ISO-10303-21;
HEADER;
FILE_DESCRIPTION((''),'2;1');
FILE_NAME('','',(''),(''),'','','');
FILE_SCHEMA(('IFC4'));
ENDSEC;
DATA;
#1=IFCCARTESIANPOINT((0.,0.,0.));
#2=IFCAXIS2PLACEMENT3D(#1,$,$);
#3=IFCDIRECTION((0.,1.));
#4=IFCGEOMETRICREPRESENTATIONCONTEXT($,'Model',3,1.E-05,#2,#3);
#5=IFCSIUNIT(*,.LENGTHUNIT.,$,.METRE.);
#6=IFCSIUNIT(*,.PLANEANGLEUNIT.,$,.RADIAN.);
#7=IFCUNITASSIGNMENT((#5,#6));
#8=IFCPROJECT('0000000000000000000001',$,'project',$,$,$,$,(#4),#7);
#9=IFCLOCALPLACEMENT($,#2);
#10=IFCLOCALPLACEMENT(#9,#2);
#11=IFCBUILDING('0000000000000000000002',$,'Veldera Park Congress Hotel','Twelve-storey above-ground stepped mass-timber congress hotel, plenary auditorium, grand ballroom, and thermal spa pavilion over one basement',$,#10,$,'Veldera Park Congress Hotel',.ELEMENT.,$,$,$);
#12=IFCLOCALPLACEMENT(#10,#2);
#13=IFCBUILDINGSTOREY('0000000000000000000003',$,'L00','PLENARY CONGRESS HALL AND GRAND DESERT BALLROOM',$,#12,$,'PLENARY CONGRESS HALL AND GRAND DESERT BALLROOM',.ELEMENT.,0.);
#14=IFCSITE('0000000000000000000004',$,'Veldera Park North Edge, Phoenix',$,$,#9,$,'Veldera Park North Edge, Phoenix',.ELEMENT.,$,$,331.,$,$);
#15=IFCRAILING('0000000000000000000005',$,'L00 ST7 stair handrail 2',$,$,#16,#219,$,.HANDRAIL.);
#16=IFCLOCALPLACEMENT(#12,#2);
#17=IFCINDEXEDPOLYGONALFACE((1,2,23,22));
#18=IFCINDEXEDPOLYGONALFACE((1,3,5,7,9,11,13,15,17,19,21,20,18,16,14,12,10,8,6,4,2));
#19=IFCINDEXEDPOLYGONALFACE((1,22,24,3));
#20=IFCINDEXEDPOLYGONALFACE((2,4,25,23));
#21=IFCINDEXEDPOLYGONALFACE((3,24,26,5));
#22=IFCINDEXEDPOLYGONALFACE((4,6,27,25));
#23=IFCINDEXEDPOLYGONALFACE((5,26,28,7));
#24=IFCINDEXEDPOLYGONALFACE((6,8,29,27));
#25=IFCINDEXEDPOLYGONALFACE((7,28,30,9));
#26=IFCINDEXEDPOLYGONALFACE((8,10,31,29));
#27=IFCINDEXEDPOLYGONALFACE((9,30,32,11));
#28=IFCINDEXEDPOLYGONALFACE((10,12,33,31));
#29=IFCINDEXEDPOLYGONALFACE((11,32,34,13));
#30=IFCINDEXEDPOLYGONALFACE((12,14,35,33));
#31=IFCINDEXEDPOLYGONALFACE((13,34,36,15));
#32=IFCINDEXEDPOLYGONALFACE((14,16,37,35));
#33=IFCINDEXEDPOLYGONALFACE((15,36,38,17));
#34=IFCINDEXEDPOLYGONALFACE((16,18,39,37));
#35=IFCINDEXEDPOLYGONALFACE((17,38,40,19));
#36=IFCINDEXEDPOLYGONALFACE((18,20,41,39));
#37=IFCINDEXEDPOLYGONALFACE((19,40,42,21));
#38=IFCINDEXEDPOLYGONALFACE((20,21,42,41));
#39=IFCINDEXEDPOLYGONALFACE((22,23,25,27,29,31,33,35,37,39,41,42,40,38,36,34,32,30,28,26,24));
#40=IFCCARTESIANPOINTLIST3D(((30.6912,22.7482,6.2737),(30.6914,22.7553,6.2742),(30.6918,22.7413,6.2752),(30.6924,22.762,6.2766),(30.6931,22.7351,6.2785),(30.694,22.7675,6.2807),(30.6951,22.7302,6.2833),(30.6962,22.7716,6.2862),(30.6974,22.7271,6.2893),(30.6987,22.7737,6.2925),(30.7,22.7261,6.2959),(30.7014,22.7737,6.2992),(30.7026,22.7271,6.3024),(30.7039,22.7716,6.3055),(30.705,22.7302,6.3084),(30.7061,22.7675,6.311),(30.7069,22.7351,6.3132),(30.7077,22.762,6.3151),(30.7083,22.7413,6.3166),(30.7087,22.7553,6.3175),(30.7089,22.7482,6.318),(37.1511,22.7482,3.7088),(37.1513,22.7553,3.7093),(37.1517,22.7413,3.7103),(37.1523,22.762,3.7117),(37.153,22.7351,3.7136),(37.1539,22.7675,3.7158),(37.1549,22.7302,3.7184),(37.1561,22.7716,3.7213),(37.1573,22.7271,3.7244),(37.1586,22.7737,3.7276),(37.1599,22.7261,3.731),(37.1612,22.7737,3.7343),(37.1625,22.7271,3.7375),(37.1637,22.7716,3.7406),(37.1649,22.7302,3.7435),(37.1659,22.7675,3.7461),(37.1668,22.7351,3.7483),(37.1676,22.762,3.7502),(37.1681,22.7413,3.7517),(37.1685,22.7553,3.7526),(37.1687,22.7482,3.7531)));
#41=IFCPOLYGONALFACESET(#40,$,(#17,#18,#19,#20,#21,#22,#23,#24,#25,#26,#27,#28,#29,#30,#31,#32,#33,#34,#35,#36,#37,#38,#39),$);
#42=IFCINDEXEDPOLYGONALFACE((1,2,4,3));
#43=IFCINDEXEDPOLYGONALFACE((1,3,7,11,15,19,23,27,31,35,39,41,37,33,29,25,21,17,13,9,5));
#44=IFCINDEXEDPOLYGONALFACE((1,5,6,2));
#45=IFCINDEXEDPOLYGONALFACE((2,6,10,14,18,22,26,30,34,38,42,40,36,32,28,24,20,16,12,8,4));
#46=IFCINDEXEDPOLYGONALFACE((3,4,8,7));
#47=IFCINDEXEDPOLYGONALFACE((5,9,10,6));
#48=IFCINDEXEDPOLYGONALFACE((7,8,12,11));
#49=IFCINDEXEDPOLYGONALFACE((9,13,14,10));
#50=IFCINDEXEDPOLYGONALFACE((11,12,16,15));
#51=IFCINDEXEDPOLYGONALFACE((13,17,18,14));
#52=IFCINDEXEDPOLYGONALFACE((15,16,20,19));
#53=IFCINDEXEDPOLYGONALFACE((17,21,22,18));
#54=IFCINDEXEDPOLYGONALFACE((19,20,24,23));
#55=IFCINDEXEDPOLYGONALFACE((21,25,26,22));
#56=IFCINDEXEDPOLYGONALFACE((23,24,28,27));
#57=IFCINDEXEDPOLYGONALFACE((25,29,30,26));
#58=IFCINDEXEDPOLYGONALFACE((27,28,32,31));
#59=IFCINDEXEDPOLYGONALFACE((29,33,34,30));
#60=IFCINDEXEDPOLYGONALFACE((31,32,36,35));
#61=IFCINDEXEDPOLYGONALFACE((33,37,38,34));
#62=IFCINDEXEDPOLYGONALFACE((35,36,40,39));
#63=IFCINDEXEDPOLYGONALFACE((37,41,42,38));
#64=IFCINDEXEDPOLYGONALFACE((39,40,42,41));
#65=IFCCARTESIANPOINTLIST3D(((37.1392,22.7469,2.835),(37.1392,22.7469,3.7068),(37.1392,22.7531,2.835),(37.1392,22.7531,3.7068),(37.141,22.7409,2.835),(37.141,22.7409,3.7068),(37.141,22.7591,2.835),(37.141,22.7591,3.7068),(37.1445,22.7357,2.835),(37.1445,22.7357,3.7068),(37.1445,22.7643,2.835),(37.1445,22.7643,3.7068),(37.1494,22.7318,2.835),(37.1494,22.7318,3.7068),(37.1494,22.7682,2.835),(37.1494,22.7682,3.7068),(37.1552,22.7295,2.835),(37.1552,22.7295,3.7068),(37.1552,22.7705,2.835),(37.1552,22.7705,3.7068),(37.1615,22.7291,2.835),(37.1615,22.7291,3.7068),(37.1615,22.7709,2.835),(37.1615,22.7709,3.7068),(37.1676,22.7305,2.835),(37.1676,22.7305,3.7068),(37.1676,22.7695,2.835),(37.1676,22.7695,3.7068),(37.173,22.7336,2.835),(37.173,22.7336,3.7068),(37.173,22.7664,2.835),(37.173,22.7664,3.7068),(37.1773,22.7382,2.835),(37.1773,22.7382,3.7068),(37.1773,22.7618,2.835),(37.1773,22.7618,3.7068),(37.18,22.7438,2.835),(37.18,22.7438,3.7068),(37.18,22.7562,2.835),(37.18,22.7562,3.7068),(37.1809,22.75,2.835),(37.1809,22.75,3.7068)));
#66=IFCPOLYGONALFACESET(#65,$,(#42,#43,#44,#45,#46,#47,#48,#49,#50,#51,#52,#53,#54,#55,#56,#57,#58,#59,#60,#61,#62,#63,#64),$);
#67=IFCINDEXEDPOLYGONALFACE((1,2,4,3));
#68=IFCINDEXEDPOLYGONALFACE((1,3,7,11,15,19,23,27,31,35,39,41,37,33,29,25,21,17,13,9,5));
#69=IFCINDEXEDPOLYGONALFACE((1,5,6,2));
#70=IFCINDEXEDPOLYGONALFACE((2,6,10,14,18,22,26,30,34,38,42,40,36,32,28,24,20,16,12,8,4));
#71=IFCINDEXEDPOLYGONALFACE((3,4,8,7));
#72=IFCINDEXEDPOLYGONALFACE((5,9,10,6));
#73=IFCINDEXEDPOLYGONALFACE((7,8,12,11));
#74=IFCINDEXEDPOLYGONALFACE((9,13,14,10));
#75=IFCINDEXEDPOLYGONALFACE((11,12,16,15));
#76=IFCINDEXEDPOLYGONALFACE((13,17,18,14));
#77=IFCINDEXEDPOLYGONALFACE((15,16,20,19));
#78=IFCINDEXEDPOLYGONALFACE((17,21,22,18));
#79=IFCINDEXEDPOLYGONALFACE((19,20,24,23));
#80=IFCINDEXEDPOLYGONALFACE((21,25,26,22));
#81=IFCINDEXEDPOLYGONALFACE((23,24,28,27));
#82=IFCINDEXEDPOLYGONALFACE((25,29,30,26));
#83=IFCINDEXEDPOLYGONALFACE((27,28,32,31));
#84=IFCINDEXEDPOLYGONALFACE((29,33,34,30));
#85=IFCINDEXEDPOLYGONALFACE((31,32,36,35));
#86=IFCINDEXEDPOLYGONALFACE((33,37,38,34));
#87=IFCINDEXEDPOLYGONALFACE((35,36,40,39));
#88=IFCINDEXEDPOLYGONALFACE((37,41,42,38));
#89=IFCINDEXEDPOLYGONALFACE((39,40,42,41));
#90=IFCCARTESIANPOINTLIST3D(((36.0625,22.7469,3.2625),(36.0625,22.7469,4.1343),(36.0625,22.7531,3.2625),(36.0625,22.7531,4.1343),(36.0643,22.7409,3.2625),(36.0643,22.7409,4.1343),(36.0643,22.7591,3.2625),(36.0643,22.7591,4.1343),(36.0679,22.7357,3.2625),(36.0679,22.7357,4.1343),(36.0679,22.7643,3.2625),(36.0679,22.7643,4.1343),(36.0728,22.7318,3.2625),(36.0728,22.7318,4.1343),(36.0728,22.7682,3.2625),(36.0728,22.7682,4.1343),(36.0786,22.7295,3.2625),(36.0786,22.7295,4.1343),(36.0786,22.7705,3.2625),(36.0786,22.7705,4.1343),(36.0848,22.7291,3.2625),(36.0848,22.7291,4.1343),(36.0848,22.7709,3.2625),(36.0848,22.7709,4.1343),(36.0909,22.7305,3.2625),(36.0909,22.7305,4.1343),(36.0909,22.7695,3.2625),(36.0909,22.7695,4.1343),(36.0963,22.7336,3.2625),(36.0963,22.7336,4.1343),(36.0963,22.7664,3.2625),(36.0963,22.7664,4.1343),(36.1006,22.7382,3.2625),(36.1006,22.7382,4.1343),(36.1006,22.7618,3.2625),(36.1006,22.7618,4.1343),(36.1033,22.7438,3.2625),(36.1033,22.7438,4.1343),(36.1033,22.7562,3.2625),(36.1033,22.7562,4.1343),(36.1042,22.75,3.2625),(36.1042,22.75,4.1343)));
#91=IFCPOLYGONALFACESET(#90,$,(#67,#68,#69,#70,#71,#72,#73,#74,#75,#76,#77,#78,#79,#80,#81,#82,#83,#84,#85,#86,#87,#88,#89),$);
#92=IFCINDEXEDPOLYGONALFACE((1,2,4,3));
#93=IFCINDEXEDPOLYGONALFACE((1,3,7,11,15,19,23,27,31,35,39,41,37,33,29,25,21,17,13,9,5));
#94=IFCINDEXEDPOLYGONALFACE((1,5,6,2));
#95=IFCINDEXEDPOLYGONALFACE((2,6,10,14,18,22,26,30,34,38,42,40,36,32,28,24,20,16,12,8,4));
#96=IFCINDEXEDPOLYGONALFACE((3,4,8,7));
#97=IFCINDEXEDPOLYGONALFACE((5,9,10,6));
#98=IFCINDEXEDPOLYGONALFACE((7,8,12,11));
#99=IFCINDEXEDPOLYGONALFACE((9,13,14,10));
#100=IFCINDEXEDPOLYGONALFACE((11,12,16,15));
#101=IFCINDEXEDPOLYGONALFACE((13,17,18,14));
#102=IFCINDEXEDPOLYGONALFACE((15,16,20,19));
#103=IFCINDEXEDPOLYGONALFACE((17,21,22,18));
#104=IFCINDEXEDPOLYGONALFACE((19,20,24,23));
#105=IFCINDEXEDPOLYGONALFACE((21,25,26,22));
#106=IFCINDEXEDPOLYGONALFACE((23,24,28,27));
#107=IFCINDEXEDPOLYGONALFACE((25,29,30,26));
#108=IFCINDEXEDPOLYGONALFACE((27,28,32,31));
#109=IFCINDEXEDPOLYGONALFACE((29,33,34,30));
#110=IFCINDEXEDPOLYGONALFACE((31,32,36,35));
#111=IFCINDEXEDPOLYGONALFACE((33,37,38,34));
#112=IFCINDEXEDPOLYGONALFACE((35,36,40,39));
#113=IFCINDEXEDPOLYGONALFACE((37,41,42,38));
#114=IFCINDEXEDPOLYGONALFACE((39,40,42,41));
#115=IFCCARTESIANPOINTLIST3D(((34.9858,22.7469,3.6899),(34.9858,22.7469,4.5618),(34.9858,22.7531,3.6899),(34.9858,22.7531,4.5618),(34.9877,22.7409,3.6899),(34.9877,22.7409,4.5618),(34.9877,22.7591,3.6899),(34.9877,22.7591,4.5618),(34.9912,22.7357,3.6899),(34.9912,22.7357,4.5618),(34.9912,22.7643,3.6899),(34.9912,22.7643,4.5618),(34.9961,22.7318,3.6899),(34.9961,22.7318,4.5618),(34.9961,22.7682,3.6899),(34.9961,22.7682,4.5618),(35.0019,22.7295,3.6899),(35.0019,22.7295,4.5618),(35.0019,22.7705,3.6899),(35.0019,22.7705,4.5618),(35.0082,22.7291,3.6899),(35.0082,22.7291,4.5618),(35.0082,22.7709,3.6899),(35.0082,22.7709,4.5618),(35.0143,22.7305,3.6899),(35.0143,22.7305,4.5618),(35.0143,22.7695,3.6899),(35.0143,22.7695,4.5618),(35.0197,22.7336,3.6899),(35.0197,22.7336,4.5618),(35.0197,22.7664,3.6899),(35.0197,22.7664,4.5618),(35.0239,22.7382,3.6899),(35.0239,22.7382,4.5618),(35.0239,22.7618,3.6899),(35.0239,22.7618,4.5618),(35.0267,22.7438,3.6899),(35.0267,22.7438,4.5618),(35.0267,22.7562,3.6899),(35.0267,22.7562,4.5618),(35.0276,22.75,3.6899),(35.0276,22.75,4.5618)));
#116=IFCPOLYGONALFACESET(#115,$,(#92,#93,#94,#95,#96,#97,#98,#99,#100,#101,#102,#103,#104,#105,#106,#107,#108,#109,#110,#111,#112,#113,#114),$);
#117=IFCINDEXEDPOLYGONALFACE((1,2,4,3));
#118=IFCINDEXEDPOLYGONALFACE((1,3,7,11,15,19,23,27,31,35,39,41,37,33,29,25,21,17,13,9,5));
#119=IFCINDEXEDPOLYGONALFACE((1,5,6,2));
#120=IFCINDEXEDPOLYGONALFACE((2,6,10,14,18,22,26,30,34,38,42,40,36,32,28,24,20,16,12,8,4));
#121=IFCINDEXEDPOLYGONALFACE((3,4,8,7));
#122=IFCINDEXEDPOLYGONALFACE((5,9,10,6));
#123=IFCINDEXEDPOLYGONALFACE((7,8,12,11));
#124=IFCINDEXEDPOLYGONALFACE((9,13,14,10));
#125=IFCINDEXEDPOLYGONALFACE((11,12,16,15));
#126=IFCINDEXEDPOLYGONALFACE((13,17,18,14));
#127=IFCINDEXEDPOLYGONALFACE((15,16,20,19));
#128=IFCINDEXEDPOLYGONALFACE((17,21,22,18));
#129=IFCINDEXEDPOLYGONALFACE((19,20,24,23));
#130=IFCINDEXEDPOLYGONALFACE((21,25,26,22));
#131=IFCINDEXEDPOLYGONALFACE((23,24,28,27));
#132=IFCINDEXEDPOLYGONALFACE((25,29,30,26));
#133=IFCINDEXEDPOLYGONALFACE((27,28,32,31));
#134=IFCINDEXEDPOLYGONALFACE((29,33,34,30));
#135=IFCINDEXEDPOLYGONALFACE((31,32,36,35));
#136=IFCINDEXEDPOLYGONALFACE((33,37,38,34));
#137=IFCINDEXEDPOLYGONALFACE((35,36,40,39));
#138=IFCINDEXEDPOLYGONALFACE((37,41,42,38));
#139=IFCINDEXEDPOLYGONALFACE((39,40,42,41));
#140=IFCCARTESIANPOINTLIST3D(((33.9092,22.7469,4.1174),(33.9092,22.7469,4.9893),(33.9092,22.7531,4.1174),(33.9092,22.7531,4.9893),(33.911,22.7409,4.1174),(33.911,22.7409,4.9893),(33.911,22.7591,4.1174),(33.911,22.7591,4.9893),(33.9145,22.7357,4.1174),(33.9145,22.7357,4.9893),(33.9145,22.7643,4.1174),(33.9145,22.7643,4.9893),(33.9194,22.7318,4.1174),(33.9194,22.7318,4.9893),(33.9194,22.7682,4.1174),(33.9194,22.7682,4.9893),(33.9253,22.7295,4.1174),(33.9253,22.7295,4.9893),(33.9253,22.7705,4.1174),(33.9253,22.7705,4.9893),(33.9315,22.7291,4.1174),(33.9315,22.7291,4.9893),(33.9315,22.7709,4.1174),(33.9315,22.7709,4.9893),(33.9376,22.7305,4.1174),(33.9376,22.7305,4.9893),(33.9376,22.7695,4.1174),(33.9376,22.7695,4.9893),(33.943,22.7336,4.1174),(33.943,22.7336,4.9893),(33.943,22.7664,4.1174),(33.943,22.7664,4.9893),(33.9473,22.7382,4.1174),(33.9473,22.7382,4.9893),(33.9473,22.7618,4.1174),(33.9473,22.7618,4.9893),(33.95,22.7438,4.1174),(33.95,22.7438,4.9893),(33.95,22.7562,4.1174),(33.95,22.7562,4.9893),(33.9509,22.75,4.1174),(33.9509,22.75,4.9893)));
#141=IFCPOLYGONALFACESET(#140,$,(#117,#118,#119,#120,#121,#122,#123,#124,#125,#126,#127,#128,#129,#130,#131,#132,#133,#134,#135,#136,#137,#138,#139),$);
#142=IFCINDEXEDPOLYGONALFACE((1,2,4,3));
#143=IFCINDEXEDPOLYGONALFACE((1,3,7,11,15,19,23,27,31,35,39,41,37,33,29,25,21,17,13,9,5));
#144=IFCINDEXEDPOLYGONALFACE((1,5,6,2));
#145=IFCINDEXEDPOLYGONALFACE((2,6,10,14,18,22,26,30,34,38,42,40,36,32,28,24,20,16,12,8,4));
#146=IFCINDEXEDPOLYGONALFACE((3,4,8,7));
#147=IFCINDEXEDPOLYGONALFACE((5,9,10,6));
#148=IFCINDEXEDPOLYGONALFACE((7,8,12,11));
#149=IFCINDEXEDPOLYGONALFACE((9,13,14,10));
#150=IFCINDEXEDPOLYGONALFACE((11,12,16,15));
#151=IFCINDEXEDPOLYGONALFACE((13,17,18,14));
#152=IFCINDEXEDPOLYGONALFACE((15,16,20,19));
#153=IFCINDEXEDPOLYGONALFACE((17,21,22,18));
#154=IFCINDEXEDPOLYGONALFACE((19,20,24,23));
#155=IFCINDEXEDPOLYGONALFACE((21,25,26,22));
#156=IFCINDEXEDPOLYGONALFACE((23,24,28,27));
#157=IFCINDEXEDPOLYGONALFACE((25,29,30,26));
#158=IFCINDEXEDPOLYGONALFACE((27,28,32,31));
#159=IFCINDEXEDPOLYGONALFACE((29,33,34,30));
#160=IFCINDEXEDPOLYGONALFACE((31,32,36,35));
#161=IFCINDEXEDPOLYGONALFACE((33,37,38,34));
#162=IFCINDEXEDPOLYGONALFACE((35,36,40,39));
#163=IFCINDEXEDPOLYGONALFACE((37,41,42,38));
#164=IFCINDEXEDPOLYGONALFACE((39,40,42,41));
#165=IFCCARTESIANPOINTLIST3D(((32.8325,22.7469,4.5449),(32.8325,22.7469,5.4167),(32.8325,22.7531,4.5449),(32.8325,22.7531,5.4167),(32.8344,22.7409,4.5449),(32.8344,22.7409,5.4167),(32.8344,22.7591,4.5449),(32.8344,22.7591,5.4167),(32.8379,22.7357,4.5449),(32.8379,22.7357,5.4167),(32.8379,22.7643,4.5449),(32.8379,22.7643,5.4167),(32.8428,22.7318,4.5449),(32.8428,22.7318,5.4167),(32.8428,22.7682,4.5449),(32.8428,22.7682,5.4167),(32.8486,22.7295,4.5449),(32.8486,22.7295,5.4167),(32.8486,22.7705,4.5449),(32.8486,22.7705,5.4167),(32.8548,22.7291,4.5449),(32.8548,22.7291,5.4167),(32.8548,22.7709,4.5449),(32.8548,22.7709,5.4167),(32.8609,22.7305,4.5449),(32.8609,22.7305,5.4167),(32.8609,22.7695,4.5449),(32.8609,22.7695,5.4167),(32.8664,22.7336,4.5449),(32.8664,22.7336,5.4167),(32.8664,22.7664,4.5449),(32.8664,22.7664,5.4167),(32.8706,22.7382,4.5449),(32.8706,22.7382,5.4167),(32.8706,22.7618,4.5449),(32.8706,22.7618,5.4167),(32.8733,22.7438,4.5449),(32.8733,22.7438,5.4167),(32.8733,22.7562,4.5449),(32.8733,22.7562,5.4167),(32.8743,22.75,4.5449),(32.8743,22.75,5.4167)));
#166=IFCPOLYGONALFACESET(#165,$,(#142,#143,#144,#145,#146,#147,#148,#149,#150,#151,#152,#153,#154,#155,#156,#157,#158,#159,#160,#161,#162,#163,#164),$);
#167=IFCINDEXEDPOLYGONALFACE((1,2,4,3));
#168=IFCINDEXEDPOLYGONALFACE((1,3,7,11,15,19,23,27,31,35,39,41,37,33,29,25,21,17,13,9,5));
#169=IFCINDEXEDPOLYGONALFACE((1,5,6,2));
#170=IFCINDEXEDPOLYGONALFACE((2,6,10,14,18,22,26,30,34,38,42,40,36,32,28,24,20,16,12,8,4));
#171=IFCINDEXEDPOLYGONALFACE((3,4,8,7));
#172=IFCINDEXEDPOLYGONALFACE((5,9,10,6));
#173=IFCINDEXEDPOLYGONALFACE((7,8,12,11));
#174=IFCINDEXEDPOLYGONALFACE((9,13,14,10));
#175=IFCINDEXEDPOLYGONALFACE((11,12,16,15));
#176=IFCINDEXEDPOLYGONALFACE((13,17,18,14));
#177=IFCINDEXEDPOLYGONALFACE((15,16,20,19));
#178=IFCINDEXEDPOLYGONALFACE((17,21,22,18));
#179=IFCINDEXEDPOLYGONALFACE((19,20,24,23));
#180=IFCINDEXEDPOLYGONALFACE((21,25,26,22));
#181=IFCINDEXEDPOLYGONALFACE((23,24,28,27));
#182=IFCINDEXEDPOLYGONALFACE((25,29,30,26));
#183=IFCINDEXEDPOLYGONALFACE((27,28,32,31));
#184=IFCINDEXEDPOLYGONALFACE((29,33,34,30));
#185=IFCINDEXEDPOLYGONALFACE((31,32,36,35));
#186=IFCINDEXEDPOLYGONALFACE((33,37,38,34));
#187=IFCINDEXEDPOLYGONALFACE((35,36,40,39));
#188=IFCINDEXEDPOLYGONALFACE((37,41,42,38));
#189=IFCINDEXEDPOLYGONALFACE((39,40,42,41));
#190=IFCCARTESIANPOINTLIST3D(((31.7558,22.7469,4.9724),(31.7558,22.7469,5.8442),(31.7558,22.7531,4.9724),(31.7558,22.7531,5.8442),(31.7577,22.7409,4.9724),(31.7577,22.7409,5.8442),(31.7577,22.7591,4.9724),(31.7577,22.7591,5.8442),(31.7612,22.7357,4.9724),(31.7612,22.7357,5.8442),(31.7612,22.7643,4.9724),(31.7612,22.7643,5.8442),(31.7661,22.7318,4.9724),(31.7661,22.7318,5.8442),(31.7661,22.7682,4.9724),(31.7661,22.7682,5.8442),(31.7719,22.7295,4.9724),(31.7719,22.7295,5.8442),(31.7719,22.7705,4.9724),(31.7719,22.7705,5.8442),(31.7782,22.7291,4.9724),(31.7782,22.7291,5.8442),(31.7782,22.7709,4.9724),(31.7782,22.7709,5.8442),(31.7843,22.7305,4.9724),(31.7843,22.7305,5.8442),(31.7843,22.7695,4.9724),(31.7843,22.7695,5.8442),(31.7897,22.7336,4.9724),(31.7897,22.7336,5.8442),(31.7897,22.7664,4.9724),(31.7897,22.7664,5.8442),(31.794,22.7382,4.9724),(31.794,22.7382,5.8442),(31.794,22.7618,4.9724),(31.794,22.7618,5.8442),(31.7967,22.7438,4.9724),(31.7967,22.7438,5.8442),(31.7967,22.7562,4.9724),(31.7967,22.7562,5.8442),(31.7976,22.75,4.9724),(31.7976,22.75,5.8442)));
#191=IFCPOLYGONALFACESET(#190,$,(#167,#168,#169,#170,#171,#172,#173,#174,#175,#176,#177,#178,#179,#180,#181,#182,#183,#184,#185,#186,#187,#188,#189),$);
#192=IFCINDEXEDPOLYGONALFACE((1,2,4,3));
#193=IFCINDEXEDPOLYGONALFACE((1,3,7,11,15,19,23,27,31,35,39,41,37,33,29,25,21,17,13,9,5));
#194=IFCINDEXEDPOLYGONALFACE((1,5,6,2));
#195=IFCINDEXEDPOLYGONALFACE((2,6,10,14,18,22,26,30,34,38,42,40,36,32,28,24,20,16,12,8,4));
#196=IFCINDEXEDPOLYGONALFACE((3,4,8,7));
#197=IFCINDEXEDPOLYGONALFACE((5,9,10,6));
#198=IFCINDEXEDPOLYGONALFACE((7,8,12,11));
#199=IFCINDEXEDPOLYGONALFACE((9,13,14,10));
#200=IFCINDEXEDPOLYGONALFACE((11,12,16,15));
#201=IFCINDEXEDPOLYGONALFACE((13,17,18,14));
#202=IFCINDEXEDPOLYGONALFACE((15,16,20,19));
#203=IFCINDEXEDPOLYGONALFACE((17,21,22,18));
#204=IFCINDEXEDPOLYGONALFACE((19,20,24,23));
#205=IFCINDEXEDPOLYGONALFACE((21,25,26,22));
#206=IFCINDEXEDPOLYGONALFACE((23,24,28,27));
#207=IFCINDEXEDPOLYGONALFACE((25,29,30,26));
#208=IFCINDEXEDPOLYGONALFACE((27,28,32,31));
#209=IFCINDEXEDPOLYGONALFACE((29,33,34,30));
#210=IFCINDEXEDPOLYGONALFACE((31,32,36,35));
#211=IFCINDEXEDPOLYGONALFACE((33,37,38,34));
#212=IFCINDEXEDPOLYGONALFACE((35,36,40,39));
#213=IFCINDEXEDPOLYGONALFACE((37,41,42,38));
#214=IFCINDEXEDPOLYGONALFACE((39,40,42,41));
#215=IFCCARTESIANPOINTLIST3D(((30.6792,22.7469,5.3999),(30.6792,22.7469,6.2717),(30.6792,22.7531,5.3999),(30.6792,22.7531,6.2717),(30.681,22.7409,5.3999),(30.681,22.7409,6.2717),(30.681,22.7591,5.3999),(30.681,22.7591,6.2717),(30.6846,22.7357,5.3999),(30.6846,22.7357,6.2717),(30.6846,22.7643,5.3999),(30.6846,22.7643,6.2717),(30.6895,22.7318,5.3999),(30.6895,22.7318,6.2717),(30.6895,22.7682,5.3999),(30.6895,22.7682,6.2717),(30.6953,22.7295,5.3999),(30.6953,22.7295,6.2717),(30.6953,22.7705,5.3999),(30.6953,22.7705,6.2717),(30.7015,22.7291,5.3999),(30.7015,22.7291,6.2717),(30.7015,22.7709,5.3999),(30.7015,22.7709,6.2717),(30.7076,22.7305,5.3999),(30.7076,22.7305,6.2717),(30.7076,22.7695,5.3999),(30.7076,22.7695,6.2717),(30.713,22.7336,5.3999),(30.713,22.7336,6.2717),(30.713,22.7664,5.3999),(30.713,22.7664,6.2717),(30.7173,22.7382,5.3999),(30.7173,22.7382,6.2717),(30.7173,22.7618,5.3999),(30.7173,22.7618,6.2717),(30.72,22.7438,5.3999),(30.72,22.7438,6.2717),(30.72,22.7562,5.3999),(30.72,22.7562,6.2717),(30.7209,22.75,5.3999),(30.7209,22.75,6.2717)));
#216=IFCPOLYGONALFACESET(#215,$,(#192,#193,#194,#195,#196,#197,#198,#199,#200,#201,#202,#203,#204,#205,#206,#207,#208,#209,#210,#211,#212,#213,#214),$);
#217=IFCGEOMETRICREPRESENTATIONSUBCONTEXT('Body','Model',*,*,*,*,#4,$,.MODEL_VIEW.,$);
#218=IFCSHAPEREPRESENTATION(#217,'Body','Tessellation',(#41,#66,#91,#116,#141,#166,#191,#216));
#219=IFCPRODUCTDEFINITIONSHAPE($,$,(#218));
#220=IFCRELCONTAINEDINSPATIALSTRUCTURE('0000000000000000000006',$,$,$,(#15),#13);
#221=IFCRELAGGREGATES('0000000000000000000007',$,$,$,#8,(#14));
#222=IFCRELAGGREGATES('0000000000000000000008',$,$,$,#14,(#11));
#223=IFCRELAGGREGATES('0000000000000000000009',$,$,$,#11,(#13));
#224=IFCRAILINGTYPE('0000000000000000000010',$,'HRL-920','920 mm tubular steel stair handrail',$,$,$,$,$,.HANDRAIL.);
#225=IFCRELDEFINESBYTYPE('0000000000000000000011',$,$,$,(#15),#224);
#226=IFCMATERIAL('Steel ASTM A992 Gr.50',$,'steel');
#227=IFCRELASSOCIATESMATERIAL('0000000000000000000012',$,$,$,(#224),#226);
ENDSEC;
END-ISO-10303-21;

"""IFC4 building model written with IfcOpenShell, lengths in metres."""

from ifc_helpers import new_model, si_unit, direction, frame, origin, origin_2d, place, context, subcontext, project, spatial, circle, extrude, material, type_object, element, save


model = new_model("IFC4")

# Units and contexts
model_context = context("Model", 3, precision=1e-05, world=origin(), true_north=direction((0.0, 1.0)))
body_context = subcontext(model_context, "Body", "Model", "MODEL_VIEW")
ifc_project = project(units=[si_unit("LENGTHUNIT", "METRE"), si_unit("PLANEANGLEUNIT", "RADIAN")], contexts=[model_context])

# Site, building, storey
site_placement = place(None, origin())
site = spatial("IfcSite", under=ifc_project, at=site_placement, Name="Veldera Park North Edge, Phoenix", LongName="Veldera Park North Edge, Phoenix", CompositionType="ELEMENT", RefElevation=331.0)
building_placement = place(site_placement, origin())
building = spatial("IfcBuilding", under=site, at=building_placement, Name="Veldera Park Congress Hotel", Description="Twelve-storey above-ground stepped mass-timber congress hotel, plenary auditorium, grand ballroom, and thermal spa pavilion over one basement", LongName="Veldera Park Congress Hotel", CompositionType="ELEMENT")
storey_placement = place(building_placement, origin())
storey = spatial("IfcBuildingStorey", under=building, at=storey_placement, Name="L00", Description="PLENARY CONGRESS HALL AND GRAND DESERT BALLROOM", LongName="PLENARY CONGRESS HALL AND GRAND DESERT BALLROOM", CompositionType="ELEMENT", Elevation=0.0)

# Shared definitions
ifc_material_1 = material(Name="Steel ASTM A992 Gr.50", Category="steel")

# Railing
railing_type_1 = type_object("IfcRailingType", Name="HRL-920", Description="920 mm tubular steel stair handrail", PredefinedType="HANDRAIL", material=ifc_material_1)
railing_1_placement = place(storey_placement, frame((37.1599, 22.75, 2.835)))
element("IfcRailing", 1, at=railing_1_placement, inside=storey, type_object=railing_type_1, Name="L00 ST7 stair handrail 2", PredefinedType="HANDRAIL", context=body_context, shape_type="SweptSolid", body=[
    extrude(circle(Radius=0.0239, at=origin_2d()), frame((0.0, 0.0, 0.896), z_axis=(-0.929418, 0.0, 0.369028), x_axis=(0.0, -1.0, 0.0)), (0.0, 0.0, 1.0), 6.9504),
    extrude(circle(Radius=0.021, at=origin_2d()), origin(), (0.0, 0.0, 1.0), 0.8718),
    extrude(circle(Radius=0.021, at=origin_2d()), frame((-1.0767, 0.0, 0.4275)), (0.0, 0.0, 1.0), 0.8718),
    extrude(circle(Radius=0.021, at=origin_2d()), frame((-2.1533, 0.0, 0.855)), (0.0, 0.0, 1.0), 0.8718),
    extrude(circle(Radius=0.021, at=origin_2d()), frame((-3.23, 0.0, 1.2825)), (0.0, 0.0, 1.0), 0.8718),
    extrude(circle(Radius=0.021, at=origin_2d()), frame((-4.3066, 0.0, 1.71)), (0.0, 0.0, 1.0), 0.8718),
    extrude(circle(Radius=0.021, at=origin_2d()), frame((-5.3833, 0.0, 2.1375)), (0.0, 0.0, 1.0), 0.8718),
    extrude(circle(Radius=0.021, at=origin_2d()), frame((-6.46, 0.0, 2.5649)), (0.0, 0.0, 1.0), 0.8718),
])

save(model, "model.ifc")
